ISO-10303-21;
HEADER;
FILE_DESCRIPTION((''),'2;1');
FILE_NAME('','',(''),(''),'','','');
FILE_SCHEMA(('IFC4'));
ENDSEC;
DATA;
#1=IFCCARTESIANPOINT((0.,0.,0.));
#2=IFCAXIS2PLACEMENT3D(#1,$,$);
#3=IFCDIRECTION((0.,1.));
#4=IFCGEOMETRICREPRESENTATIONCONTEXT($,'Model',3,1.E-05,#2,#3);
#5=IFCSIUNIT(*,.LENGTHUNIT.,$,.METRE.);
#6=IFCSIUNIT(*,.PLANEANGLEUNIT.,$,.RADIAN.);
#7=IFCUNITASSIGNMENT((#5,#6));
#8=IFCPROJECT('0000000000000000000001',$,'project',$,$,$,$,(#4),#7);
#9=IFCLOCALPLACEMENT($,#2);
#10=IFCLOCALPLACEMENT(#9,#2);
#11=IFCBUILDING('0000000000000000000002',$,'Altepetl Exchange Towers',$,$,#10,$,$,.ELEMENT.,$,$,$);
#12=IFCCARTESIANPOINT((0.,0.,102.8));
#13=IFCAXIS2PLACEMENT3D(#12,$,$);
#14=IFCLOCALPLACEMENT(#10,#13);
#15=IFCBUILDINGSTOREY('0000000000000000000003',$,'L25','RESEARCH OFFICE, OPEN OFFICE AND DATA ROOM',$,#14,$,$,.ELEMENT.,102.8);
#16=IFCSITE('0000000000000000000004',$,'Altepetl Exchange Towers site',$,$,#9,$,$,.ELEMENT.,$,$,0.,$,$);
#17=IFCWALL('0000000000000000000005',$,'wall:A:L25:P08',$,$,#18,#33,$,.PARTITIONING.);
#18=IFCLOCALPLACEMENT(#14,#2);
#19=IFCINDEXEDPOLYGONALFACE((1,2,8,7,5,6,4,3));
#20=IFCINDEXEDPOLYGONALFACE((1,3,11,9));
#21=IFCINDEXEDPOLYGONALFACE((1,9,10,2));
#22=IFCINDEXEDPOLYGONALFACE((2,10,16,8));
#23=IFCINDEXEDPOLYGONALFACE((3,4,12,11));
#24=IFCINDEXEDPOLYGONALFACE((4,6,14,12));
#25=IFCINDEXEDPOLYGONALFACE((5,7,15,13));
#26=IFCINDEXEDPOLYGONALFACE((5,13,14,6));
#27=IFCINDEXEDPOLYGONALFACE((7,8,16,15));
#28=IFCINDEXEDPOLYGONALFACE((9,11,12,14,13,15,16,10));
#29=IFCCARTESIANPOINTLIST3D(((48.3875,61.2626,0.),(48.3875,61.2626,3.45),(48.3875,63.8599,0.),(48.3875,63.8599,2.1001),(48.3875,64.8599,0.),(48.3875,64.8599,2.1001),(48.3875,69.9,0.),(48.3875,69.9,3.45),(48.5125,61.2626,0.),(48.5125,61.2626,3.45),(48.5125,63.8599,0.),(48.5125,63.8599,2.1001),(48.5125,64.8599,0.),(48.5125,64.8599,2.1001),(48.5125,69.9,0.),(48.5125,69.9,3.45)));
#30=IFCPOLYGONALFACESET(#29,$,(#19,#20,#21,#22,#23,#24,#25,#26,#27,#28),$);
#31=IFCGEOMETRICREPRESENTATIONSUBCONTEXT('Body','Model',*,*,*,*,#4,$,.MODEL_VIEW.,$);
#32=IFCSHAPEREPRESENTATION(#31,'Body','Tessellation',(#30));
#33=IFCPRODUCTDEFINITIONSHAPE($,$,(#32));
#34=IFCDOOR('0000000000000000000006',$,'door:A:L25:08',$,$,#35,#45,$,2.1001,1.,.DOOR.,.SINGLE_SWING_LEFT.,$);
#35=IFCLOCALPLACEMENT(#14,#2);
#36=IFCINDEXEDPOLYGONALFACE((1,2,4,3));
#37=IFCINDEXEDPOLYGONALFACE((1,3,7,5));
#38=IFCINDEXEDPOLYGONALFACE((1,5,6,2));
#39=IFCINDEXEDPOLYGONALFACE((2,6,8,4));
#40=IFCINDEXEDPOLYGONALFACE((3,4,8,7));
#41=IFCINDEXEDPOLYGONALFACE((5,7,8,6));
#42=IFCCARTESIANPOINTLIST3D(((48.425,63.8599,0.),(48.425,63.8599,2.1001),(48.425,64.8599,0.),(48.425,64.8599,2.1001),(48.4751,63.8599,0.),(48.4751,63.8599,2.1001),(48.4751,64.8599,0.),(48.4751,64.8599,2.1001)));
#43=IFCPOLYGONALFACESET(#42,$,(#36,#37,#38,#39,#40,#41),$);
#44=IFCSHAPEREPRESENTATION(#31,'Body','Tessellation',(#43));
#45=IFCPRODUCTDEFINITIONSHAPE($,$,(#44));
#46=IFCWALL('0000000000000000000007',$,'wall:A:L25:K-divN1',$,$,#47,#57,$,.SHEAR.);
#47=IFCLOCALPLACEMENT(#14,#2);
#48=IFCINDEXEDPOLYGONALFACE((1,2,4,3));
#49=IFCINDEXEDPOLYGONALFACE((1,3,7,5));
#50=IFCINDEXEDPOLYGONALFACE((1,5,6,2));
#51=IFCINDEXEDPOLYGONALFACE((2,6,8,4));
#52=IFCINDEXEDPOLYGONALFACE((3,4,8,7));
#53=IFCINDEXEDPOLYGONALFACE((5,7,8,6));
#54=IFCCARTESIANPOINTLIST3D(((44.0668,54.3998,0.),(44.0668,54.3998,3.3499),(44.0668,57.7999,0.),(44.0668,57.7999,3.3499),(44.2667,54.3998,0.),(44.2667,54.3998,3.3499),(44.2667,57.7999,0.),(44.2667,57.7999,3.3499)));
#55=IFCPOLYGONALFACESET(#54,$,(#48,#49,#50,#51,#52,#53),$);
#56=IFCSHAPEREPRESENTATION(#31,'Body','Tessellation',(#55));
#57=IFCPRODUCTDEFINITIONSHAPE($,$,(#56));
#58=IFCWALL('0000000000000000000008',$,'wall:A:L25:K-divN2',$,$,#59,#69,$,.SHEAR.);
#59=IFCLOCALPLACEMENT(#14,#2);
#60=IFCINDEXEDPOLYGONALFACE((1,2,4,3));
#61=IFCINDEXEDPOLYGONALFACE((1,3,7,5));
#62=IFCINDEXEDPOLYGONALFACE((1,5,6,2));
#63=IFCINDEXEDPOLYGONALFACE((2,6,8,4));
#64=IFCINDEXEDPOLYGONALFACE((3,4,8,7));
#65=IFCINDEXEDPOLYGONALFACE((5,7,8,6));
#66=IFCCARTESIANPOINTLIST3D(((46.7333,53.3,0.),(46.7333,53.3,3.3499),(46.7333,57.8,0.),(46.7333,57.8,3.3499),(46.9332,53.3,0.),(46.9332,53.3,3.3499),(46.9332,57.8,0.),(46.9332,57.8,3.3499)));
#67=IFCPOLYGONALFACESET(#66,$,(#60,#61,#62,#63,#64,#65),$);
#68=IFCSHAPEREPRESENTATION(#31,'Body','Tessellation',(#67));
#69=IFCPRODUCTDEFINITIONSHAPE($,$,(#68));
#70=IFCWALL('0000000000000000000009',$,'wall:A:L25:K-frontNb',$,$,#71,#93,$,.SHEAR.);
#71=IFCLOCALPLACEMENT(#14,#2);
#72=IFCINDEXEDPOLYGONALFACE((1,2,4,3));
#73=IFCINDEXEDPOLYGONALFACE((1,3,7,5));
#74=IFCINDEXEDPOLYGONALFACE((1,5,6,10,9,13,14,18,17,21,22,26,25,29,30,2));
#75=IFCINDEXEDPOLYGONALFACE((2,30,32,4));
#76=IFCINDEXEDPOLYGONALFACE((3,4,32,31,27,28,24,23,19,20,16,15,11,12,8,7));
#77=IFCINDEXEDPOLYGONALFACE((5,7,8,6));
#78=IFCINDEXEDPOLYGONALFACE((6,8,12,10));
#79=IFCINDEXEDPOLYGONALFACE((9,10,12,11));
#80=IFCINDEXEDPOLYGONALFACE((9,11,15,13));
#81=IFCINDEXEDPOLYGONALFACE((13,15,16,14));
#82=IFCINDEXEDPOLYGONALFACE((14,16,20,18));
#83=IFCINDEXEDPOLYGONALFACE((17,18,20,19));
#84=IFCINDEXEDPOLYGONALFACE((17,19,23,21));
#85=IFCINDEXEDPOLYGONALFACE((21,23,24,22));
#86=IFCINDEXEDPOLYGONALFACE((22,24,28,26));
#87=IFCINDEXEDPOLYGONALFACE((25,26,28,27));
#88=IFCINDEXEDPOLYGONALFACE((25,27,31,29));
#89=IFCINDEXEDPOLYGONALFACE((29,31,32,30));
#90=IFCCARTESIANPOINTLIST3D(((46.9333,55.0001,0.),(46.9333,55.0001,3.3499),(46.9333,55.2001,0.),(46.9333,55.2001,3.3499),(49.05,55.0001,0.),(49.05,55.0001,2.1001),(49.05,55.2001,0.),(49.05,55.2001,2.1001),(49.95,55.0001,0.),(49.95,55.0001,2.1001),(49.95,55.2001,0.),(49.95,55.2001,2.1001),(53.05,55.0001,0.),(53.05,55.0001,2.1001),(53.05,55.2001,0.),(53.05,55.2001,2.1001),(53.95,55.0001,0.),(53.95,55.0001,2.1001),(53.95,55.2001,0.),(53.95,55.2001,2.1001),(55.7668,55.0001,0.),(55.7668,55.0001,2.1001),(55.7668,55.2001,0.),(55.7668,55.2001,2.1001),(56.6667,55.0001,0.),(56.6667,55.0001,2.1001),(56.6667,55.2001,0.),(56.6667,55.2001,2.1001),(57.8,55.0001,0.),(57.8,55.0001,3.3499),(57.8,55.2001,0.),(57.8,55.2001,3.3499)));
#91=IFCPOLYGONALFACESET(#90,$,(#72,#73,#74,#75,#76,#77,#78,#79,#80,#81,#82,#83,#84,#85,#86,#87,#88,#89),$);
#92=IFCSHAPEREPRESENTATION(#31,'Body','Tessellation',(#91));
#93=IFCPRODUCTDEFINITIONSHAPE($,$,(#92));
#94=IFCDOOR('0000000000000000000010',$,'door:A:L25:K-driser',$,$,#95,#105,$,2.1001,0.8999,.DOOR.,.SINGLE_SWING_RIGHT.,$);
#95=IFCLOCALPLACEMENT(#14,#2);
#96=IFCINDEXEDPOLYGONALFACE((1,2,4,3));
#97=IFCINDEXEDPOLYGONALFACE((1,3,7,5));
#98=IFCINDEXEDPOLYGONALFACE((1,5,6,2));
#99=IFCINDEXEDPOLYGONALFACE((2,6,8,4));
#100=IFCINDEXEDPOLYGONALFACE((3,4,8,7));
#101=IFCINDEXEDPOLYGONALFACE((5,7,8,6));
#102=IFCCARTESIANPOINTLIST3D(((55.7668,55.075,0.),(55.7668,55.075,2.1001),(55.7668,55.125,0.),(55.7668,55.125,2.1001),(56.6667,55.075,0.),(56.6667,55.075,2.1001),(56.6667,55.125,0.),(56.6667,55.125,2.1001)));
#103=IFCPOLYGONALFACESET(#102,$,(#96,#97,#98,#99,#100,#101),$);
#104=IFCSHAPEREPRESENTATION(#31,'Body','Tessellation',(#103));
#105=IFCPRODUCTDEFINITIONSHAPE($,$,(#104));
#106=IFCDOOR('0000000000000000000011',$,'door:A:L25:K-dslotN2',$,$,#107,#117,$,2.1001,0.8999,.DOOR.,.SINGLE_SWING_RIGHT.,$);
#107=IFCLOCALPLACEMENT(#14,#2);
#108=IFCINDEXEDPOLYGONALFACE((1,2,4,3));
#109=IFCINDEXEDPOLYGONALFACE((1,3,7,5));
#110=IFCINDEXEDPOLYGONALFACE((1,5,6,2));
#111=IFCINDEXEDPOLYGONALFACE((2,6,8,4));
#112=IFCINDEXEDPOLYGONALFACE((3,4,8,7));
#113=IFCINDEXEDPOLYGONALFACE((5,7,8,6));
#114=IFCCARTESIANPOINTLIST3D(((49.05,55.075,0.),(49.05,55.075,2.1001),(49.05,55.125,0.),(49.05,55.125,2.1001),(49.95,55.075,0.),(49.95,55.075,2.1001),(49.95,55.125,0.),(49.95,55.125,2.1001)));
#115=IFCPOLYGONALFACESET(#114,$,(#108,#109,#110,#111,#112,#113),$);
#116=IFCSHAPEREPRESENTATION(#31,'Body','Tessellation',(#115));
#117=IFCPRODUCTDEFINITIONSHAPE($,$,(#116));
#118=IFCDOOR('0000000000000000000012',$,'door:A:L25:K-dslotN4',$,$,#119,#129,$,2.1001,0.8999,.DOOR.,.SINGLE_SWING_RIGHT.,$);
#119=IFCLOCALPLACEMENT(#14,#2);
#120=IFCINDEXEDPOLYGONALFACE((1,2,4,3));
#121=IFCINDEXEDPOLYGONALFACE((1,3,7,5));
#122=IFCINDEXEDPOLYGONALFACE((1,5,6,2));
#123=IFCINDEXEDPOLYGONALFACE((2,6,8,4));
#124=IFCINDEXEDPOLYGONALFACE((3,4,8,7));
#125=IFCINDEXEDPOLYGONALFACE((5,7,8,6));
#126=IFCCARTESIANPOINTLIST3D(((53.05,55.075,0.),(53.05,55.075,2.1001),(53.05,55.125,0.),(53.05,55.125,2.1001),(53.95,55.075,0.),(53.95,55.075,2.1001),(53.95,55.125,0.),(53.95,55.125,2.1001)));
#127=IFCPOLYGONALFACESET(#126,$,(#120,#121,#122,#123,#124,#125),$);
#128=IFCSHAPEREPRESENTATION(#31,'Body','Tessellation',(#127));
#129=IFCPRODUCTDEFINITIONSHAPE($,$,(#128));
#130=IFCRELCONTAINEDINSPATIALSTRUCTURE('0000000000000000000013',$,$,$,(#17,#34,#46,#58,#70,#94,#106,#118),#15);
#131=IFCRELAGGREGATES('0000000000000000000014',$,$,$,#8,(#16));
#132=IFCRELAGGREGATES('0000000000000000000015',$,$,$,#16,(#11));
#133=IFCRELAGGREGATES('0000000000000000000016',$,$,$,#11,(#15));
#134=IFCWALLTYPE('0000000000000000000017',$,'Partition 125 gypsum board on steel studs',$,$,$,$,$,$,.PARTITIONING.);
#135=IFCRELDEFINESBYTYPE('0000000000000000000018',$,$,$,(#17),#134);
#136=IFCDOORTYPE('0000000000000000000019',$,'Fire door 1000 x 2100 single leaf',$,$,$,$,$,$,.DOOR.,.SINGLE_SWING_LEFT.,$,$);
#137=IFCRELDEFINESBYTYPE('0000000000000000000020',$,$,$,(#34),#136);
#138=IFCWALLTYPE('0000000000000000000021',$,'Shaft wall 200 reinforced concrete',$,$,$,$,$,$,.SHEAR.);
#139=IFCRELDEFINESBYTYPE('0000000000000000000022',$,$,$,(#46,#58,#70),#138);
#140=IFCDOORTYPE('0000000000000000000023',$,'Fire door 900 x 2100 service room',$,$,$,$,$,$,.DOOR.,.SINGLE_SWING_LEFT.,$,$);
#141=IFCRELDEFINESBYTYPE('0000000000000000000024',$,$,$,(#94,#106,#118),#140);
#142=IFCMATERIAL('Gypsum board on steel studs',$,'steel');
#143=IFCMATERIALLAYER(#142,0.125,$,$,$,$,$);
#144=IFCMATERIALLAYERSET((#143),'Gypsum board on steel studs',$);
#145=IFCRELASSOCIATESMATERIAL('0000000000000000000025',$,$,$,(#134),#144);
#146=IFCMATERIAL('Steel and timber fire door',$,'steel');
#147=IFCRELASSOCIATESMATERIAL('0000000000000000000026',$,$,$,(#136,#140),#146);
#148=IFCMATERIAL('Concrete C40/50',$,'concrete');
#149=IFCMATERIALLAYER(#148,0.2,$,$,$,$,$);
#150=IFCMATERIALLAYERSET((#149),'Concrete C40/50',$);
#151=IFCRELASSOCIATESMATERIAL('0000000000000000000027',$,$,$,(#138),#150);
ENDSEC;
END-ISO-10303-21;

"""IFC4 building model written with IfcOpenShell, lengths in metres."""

from ifc_helpers import new_model, si_unit, direction, frame, frame_2d, origin, place, context, subcontext, project, spatial, rectangle, extrude, material, layer, layer_set, type_object, element, fill, save


model = new_model("IFC4")

# Units and contexts
model_context = context("Model", 3, precision=1e-05, world=origin(), true_north=direction((0.0, 1.0)))
body_context = subcontext(model_context, "Body", "Model", "MODEL_VIEW")
ifc_project = project(units=[si_unit("LENGTHUNIT", "METRE"), si_unit("PLANEANGLEUNIT", "RADIAN")], contexts=[model_context])

# Site, building, storey
site_placement = place(None, origin())
site = spatial("IfcSite", under=ifc_project, at=site_placement, Name="Altepetl Exchange Towers site", CompositionType="ELEMENT", RefElevation=0.0)
building_placement = place(site_placement, origin())
building = spatial("IfcBuilding", under=site, at=building_placement, Name="Altepetl Exchange Towers", CompositionType="ELEMENT")
storey_placement = place(building_placement, frame((0.0, 0.0, 102.8)))
storey = spatial("IfcBuildingStorey", under=building, at=storey_placement, Name="L25", Description="RESEARCH OFFICE, OPEN OFFICE AND DATA ROOM", CompositionType="ELEMENT", Elevation=102.8)

# Shared definitions
ifc_material_1 = material(Name="Gypsum board on steel studs", Category="steel")
ifc_layer_1 = layer(ifc_material_1, 0.125)
ifc_layer_set_1 = layer_set([ifc_layer_1], Name="Gypsum board on steel studs")
wall_type_1 = type_object("IfcWallType", Name="Partition 125 gypsum board on steel studs", PredefinedType="PARTITIONING", material=ifc_layer_set_1)

# Wall, opening, door
wall_1_placement = place(storey_placement, frame((48.45, 61.2625, 0.0), z_axis=(0.0, 0.0, 1.0), x_axis=(0.0, 1.0, 0.0)))
wall_1 = element("IfcWall", 1, at=wall_1_placement, inside=storey, type_object=wall_type_1, Name="wall:A:L25:P08", PredefinedType="PARTITIONING", context=body_context, shape_type="SweptSolid", body=[
    extrude(rectangle(XDim=8.6375, YDim=0.125, at=frame_2d((4.3188, 0.0))), origin(), (0.0, 0.0, 1.0), 3.45),
])
opening_1_placement = place(wall_1_placement, frame((2.5974, 0.0, 0.0)))
opening_1 = element("IfcOpeningElement", 2, at=opening_1_placement, cuts=wall_1, PredefinedType="OPENING", context=body_context, shape_type="SweptSolid", body=[
    extrude(rectangle(XDim=1.0, YDim=2.1001, at=frame_2d((0.5, 1.05))), frame((0.0, 0.0725, 0.0), z_axis=(0.0, -1.0, 0.0), x_axis=(1.0, 0.0, 0.0)), (0.0, 0.0, 1.0), 0.145),
])
ifc_material_2 = material(Name="Steel and timber fire door", Category="steel")
door_type_1 = type_object("IfcDoorType", Name="Fire door 1000 x 2100 single leaf", OperationType="SINGLE_SWING_LEFT", PredefinedType="DOOR", material=ifc_material_2)
door_1_placement = place(opening_1_placement, origin())
door_1 = element("IfcDoor", 3, at=door_1_placement, inside=storey, type_object=door_type_1, Name="door:A:L25:08", OperationType="SINGLE_SWING_LEFT", OverallHeight=2.1001, OverallWidth=1.0, PredefinedType="DOOR", context=body_context, shape_type="SweptSolid", body=[
    extrude(rectangle(XDim=1.0, YDim=2.1001, at=frame_2d((0.5, 1.05))), frame((0.0, 0.0249, 0.0), z_axis=(0.0, -1.0, 0.0), x_axis=(1.0, 0.0, 0.0)), (0.0, 0.0, 1.0), 0.05),
])
fill(opening_1, door_1)

# Walls
ifc_material_3 = material(Name="Concrete C40/50", Category="concrete")
ifc_layer_2 = layer(ifc_material_3, 0.2)
ifc_layer_set_2 = layer_set([ifc_layer_2], Name="Concrete C40/50")
wall_type_2 = type_object("IfcWallType", Name="Shaft wall 200 reinforced concrete", PredefinedType="SHEAR", material=ifc_layer_set_2)
wall_2_placement = place(storey_placement, frame((44.1667, 57.8, 0.0), z_axis=(0.0, 0.0, 1.0), x_axis=(0.0, -1.0, 0.0)))
element("IfcWall", 4, at=wall_2_placement, inside=storey, type_object=wall_type_2, Name="wall:A:L25:K-divN1", PredefinedType="SHEAR", context=body_context, shape_type="SweptSolid", body=[
    extrude(rectangle(XDim=3.4001, YDim=0.2, at=frame_2d((1.7002, 0.0))), origin(), (0.0, 0.0, 1.0), 3.3499),
])
wall_3_placement = place(storey_placement, frame((46.8333, 57.8, 0.0), z_axis=(0.0, 0.0, 1.0), x_axis=(0.0, -1.0, 0.0)))
element("IfcWall", 5, at=wall_3_placement, inside=storey, type_object=wall_type_2, Name="wall:A:L25:K-divN2", PredefinedType="SHEAR", context=body_context, shape_type="SweptSolid", body=[
    extrude(rectangle(XDim=4.5, YDim=0.2, at=frame_2d((2.25, 0.0))), origin(), (0.0, 0.0, 1.0), 3.3499),
])

# Wall, openings, doors
wall_4_placement = place(storey_placement, frame((46.9333, 55.1001, 0.0)))
wall_4 = element("IfcWall", 6, at=wall_4_placement, inside=storey, type_object=wall_type_2, Name="wall:A:L25:K-frontNb", PredefinedType="SHEAR", context=body_context, shape_type="SweptSolid", body=[
    extrude(rectangle(XDim=10.8667, YDim=0.2, at=frame_2d((5.4333, 0.0))), origin(), (0.0, 0.0, 1.0), 3.3499),
])
opening_2_placement = place(wall_4_placement, frame((8.8335, 0.0, 0.0)))
opening_2 = element("IfcOpeningElement", 7, at=opening_2_placement, cuts=wall_4, PredefinedType="OPENING", context=body_context, shape_type="SweptSolid", body=[
    extrude(rectangle(XDim=0.8999, YDim=2.1001, at=frame_2d((0.45, 1.05))), frame((0.0, 0.1099, 0.0), z_axis=(0.0, -1.0, 0.0), x_axis=(1.0, 0.0, 0.0)), (0.0, 0.0, 1.0), 0.22),
])
opening_3_placement = place(wall_4_placement, frame((2.1167, 0.0, 0.0)))
opening_3 = element("IfcOpeningElement", 8, at=opening_3_placement, cuts=wall_4, PredefinedType="OPENING", context=body_context, shape_type="SweptSolid", body=[
    extrude(rectangle(XDim=0.8999, YDim=2.1001, at=frame_2d((0.45, 1.05))), frame((0.0, 0.1099, 0.0), z_axis=(0.0, -1.0, 0.0), x_axis=(1.0, 0.0, 0.0)), (0.0, 0.0, 1.0), 0.22),
])
opening_4_placement = place(wall_4_placement, frame((6.1167, 0.0, 0.0)))
opening_4 = element("IfcOpeningElement", 9, at=opening_4_placement, cuts=wall_4, PredefinedType="OPENING", context=body_context, shape_type="SweptSolid", body=[
    extrude(rectangle(XDim=0.8999, YDim=2.1001, at=frame_2d((0.45, 1.05))), frame((0.0, 0.1099, 0.0), z_axis=(0.0, -1.0, 0.0), x_axis=(1.0, 0.0, 0.0)), (0.0, 0.0, 1.0), 0.22),
])
door_type_2 = type_object("IfcDoorType", Name="Fire door 900 x 2100 service room", OperationType="SINGLE_SWING_LEFT", PredefinedType="DOOR", material=ifc_material_2)
door_2_placement = place(opening_2_placement, origin())
door_2 = element("IfcDoor", 10, at=door_2_placement, inside=storey, type_object=door_type_2, Name="door:A:L25:K-driser", OperationType="SINGLE_SWING_RIGHT", OverallHeight=2.1001, OverallWidth=0.8999, PredefinedType="DOOR", context=body_context, shape_type="SweptSolid", body=[
    extrude(rectangle(XDim=0.8999, YDim=2.1001, at=frame_2d((0.45, 1.05))), frame((0.0, 0.0249, 0.0), z_axis=(0.0, -1.0, 0.0), x_axis=(1.0, 0.0, 0.0)), (0.0, 0.0, 1.0), 0.05),
])
fill(opening_2, door_2)
door_3_placement = place(opening_3_placement, origin())
door_3 = element("IfcDoor", 11, at=door_3_placement, inside=storey, type_object=door_type_2, Name="door:A:L25:K-dslotN2", OperationType="SINGLE_SWING_RIGHT", OverallHeight=2.1001, OverallWidth=0.8999, PredefinedType="DOOR", context=body_context, shape_type="SweptSolid", body=[
    extrude(rectangle(XDim=0.8999, YDim=2.1001, at=frame_2d((0.45, 1.05))), frame((0.0, 0.0249, 0.0), z_axis=(0.0, -1.0, 0.0), x_axis=(1.0, 0.0, 0.0)), (0.0, 0.0, 1.0), 0.05),
])
fill(opening_3, door_3)
door_4_placement = place(opening_4_placement, origin())
door_4 = element("IfcDoor", 12, at=door_4_placement, inside=storey, type_object=door_type_2, Name="door:A:L25:K-dslotN4", OperationType="SINGLE_SWING_RIGHT", OverallHeight=2.1001, OverallWidth=0.8999, PredefinedType="DOOR", context=body_context, shape_type="SweptSolid", body=[
    extrude(rectangle(XDim=0.8999, YDim=2.1001, at=frame_2d((0.45, 1.05))), frame((0.0, 0.0249, 0.0), z_axis=(0.0, -1.0, 0.0), x_axis=(1.0, 0.0, 0.0)), (0.0, 0.0, 1.0), 0.05),
])
fill(opening_4, door_4)

save(model, "model.ifc")
